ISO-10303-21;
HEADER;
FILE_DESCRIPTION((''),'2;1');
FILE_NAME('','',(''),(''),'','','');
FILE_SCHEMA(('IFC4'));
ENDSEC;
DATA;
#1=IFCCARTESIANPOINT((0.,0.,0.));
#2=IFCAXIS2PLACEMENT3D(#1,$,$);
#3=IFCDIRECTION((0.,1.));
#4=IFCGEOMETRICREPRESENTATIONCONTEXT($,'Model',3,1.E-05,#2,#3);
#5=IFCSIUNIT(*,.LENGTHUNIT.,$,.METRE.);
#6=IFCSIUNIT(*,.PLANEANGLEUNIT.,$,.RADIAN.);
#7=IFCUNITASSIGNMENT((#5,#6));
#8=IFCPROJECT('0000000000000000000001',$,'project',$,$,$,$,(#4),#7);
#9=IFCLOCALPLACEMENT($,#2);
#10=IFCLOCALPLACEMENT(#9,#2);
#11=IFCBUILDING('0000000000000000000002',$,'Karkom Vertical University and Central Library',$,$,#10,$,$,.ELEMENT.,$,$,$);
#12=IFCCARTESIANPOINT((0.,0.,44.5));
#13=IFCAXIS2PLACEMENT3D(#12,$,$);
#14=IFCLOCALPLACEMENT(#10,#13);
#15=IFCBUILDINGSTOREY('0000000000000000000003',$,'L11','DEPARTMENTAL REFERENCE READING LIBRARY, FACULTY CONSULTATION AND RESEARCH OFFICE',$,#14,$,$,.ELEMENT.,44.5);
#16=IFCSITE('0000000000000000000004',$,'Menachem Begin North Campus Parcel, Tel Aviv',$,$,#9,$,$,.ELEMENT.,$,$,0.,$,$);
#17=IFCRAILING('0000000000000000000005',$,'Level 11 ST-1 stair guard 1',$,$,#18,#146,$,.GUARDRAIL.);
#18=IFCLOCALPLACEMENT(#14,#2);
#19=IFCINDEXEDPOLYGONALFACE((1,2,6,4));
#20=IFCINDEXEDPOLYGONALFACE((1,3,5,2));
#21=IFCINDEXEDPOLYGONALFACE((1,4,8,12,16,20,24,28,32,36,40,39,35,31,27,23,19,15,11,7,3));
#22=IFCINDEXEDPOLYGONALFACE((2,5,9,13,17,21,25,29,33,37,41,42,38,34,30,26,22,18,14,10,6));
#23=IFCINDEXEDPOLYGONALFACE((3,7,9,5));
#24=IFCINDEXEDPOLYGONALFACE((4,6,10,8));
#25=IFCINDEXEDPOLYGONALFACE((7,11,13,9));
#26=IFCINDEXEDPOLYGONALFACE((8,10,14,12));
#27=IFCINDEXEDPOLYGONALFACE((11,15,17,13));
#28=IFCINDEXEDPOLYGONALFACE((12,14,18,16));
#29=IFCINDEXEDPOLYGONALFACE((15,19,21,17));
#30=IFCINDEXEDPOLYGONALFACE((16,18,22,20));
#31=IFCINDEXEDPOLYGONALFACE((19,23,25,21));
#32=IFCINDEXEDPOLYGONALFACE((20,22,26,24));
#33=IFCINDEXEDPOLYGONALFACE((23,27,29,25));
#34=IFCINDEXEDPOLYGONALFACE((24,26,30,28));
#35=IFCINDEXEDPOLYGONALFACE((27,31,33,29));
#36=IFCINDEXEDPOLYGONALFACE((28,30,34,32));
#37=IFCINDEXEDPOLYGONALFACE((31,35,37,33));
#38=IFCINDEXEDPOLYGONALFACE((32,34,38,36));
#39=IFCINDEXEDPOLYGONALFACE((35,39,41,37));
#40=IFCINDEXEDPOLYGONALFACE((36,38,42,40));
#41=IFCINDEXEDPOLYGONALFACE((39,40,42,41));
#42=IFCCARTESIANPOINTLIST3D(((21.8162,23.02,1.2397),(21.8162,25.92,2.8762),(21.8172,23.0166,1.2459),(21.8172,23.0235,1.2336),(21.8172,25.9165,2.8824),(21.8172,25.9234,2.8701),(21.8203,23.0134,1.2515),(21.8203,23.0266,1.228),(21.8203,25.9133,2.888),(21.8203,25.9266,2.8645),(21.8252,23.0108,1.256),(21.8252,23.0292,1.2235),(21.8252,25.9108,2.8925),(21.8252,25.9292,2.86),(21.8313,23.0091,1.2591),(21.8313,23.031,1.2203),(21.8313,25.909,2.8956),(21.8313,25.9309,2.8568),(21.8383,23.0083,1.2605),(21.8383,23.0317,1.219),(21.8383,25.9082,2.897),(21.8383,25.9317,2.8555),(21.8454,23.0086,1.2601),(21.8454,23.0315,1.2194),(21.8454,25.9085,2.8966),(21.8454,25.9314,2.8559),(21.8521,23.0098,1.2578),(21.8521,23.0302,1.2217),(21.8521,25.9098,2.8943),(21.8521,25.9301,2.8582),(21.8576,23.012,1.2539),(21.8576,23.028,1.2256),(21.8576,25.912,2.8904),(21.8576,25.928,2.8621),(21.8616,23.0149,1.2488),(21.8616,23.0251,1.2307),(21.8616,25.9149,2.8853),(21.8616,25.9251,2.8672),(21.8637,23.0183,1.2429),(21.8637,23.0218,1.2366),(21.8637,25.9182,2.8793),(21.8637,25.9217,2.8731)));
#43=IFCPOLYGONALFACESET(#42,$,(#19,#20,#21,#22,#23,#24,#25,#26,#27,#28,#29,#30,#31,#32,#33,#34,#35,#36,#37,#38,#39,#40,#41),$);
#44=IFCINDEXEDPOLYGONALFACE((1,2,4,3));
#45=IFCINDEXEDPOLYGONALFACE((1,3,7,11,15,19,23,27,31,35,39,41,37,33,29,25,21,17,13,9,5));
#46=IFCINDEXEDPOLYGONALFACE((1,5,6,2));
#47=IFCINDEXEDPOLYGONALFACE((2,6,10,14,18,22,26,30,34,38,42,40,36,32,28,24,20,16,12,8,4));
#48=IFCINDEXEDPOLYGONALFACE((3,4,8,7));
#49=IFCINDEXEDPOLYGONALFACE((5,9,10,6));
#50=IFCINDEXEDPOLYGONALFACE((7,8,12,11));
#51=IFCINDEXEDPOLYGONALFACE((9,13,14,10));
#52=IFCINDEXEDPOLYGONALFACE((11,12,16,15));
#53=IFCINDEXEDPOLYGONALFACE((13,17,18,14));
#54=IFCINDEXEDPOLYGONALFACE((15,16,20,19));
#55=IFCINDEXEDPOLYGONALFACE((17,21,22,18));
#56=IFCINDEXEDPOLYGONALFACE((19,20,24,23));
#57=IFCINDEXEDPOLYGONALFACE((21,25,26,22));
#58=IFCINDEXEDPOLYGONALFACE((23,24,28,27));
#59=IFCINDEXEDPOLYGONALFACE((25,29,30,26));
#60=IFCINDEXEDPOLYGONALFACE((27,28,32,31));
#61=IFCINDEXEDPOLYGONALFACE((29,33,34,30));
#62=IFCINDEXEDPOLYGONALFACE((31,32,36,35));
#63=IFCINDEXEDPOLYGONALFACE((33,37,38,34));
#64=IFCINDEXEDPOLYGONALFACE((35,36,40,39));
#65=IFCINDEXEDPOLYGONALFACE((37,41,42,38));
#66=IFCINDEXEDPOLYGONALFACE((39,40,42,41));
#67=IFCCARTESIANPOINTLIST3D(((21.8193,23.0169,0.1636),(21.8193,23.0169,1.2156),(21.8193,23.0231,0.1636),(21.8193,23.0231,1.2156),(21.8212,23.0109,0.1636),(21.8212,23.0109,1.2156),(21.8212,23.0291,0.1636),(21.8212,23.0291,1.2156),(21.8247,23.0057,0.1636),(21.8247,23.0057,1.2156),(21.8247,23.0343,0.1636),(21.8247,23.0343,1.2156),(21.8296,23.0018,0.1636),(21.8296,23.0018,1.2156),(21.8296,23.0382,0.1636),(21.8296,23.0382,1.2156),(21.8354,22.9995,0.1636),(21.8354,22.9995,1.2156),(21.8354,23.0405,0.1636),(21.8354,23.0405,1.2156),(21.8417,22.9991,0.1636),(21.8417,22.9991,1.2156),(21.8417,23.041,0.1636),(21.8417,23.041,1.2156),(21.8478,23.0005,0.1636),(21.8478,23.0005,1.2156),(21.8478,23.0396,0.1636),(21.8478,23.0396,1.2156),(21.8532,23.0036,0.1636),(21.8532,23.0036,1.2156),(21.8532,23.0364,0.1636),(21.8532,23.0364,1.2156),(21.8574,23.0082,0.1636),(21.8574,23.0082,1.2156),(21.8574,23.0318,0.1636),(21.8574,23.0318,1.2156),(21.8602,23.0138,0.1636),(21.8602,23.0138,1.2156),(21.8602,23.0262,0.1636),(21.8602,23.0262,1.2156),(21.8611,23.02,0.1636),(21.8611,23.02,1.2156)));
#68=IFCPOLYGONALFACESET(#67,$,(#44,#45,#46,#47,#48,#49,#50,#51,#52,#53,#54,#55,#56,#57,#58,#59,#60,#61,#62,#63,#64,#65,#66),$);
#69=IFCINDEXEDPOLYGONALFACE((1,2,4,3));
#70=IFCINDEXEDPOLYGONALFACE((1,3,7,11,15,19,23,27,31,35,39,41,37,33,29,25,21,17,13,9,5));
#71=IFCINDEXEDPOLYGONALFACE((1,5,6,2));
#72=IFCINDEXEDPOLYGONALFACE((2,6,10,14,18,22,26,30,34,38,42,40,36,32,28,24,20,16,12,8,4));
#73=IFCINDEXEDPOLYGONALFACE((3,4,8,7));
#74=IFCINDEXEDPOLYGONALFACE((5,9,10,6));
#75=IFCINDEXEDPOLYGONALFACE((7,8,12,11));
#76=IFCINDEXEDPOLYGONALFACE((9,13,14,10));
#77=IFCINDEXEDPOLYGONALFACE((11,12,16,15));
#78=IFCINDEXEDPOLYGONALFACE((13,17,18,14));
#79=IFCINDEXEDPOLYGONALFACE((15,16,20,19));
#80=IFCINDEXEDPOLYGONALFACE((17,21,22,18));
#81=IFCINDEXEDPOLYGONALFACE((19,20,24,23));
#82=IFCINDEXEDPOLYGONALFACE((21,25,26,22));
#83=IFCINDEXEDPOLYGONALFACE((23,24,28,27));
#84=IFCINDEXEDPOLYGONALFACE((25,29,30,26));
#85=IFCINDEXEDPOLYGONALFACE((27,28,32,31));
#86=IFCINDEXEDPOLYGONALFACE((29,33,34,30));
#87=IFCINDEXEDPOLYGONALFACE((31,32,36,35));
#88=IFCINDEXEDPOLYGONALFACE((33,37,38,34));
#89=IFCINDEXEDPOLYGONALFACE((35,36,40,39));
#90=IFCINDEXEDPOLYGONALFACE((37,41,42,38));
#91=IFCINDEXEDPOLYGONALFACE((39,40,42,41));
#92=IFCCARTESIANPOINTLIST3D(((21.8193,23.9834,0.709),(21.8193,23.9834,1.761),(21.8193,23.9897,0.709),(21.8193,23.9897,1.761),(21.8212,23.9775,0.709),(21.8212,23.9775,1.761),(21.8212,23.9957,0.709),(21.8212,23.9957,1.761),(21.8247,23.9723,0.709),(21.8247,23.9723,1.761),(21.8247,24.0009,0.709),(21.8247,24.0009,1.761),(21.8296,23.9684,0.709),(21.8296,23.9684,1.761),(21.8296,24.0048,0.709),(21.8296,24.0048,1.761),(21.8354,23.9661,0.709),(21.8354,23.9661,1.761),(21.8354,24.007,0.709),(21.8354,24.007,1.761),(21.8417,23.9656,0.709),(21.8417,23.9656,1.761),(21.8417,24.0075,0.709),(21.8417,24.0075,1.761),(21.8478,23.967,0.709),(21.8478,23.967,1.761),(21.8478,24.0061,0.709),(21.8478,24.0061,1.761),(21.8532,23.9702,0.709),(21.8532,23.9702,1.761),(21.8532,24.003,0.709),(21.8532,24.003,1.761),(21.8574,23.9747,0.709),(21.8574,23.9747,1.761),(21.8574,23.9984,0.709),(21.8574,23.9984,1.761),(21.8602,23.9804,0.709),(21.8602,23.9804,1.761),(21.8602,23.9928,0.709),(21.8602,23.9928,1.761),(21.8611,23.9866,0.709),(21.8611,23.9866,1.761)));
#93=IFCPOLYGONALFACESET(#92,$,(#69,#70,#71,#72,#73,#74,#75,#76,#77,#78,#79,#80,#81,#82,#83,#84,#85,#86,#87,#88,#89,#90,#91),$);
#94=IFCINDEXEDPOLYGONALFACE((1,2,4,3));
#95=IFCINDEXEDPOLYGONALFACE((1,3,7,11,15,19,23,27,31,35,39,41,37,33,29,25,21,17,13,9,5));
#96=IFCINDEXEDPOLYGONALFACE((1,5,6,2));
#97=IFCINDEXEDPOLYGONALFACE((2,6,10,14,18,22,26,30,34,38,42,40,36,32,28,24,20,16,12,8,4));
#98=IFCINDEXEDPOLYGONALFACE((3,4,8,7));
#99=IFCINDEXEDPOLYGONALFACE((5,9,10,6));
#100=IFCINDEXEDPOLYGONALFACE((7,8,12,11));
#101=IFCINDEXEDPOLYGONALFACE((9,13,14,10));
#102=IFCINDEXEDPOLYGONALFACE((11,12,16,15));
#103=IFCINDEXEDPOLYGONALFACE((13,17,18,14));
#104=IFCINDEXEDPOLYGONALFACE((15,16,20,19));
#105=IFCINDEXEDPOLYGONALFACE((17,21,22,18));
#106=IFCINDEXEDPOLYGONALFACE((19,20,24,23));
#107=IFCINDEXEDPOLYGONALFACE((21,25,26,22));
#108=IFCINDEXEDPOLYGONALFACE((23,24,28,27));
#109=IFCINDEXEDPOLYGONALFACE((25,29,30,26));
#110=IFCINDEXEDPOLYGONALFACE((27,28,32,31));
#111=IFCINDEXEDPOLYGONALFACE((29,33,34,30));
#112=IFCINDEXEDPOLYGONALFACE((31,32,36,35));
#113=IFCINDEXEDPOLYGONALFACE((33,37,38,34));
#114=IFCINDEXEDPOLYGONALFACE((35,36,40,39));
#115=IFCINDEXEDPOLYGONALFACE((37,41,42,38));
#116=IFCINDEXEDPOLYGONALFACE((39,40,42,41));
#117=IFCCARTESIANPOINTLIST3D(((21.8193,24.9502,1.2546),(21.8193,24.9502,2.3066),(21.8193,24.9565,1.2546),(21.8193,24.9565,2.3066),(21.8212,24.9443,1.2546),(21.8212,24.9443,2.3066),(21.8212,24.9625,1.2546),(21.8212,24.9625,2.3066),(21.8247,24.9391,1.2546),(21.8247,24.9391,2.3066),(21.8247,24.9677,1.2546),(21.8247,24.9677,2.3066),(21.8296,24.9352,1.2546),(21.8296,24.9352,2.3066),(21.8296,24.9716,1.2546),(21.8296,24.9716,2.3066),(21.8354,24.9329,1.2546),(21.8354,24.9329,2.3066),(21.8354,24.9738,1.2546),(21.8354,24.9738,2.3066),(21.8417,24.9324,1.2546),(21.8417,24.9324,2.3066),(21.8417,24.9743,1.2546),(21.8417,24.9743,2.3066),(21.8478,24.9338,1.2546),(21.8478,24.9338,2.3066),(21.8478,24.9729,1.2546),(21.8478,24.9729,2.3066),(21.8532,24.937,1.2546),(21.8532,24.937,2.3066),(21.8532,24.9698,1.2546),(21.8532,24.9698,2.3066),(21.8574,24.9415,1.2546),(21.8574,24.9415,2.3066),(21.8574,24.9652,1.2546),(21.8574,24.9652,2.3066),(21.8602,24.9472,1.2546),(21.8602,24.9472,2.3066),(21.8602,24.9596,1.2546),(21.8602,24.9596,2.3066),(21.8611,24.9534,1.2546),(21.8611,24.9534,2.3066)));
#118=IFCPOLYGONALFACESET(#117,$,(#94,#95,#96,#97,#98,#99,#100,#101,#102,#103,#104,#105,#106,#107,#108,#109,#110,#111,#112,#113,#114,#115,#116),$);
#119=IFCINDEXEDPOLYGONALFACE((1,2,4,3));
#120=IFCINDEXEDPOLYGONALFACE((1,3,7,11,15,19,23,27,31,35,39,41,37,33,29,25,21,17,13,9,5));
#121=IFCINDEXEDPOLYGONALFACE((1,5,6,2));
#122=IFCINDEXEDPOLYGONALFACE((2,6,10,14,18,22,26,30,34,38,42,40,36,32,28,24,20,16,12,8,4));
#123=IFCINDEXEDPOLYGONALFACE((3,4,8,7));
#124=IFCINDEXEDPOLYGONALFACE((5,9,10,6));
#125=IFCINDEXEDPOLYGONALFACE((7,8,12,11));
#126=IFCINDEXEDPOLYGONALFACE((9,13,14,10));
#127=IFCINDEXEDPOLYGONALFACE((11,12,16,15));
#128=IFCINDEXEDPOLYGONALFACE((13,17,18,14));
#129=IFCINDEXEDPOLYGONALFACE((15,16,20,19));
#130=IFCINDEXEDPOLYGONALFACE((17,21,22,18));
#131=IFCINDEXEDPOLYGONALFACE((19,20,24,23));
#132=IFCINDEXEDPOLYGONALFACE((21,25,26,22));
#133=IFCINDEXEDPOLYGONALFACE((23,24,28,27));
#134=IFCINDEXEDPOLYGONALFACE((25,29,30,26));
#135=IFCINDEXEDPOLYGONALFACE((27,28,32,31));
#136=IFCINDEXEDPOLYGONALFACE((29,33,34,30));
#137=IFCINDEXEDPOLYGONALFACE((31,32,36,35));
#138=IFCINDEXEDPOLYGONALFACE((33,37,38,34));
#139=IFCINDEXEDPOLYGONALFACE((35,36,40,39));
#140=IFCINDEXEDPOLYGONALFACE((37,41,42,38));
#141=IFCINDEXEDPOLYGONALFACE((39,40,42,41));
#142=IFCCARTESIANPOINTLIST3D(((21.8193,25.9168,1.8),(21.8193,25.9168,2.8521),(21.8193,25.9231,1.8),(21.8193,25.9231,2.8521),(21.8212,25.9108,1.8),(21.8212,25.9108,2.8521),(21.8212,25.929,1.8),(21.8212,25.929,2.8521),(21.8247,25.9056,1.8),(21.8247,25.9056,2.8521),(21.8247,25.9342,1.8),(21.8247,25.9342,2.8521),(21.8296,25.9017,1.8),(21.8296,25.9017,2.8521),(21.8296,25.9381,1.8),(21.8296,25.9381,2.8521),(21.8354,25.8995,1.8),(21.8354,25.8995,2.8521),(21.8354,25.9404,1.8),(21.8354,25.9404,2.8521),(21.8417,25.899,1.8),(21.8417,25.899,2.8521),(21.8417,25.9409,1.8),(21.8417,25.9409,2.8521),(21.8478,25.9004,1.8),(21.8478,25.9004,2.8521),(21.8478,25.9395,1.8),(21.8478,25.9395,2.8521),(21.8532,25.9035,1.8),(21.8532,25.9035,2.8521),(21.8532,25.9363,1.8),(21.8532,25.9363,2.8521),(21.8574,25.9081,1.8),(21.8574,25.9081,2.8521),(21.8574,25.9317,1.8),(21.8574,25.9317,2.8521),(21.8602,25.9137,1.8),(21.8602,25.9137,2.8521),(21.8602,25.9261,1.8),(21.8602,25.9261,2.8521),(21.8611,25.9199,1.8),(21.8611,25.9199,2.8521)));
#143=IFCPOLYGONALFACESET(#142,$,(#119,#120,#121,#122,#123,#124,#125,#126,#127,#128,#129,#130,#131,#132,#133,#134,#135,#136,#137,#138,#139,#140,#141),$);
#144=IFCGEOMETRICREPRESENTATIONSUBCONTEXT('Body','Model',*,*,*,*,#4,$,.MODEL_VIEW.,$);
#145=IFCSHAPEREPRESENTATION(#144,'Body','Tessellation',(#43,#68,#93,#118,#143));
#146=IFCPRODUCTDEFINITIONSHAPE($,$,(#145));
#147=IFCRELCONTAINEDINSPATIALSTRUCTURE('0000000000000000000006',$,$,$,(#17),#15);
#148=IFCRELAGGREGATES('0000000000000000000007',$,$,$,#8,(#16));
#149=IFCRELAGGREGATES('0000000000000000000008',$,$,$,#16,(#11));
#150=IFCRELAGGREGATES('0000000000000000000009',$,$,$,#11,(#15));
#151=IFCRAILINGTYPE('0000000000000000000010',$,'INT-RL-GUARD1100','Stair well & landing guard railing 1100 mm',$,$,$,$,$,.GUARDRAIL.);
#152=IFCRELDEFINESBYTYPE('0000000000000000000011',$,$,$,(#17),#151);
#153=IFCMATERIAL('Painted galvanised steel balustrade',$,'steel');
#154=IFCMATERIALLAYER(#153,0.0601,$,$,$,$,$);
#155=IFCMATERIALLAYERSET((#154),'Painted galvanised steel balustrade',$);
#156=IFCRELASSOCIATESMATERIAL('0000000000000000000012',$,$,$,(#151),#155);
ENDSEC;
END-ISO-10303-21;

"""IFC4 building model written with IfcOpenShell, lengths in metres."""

from ifc_helpers import new_model, si_unit, direction, frame, origin, origin_2d, place, context, subcontext, project, spatial, circle, extrude, material, layer, layer_set, type_object, element, save


model = new_model("IFC4")

# Units and contexts
model_context = context("Model", 3, precision=1e-05, world=origin(), true_north=direction((0.0, 1.0)))
body_context = subcontext(model_context, "Body", "Model", "MODEL_VIEW")
ifc_project = project(units=[si_unit("LENGTHUNIT", "METRE"), si_unit("PLANEANGLEUNIT", "RADIAN")], contexts=[model_context])

# Site, building, storey
site_placement = place(None, origin())
site = spatial("IfcSite", under=ifc_project, at=site_placement, Name="Menachem Begin North Campus Parcel, Tel Aviv", CompositionType="ELEMENT", RefElevation=0.0)
building_placement = place(site_placement, origin())
building = spatial("IfcBuilding", under=site, at=building_placement, Name="Karkom Vertical University and Central Library", CompositionType="ELEMENT")
storey_placement = place(building_placement, frame((0.0, 0.0, 44.5)))
storey = spatial("IfcBuildingStorey", under=building, at=storey_placement, Name="L11", Description="DEPARTMENTAL REFERENCE READING LIBRARY, FACULTY CONSULTATION AND RESEARCH OFFICE", CompositionType="ELEMENT", Elevation=44.5)

# Railing
ifc_material_1 = material(Name="Painted galvanised steel balustrade", Category="steel")
ifc_layer_1 = layer(ifc_material_1, 0.0601)
ifc_layer_set_1 = layer_set([ifc_layer_1], Name="Painted galvanised steel balustrade")
railing_type_1 = type_object("IfcRailingType", Name="INT-RL-GUARD1100", Description="Stair well & landing guard railing 1100 mm", PredefinedType="GUARDRAIL", material=ifc_layer_set_1)
railing_1_placement = place(storey_placement, frame((21.8401, 23.02, 0.1636)))
element("IfcRailing", 1, at=railing_1_placement, inside=storey, type_object=railing_type_1, Name="Level 11 ST-1 stair guard 1", PredefinedType="GUARDRAIL", context=body_context, shape_type="SweptSolid", body=[
    extrude(circle(Radius=0.0239, at=origin_2d()), frame((0.0, 0.0, 1.0762), z_axis=(0.0, 0.870897, 0.491465), x_axis=(-1.0, 0.0, 0.0)), (0.0, 0.0, 1.0), 3.3298),
    extrude(circle(Radius=0.021, at=origin_2d()), origin(), (0.0, 0.0, 1.0), 1.052),
    extrude(circle(Radius=0.021, at=origin_2d()), frame((0.0, 0.9666, 0.5454)), (0.0, 0.0, 1.0), 1.052),
    extrude(circle(Radius=0.021, at=origin_2d()), frame((0.0, 1.9333, 1.0911)), (0.0, 0.0, 1.0), 1.052),
    extrude(circle(Radius=0.021, at=origin_2d()), frame((0.0, 2.8999, 1.6365)), (0.0, 0.0, 1.0), 1.052),
])

save(model, "model.ifc")
